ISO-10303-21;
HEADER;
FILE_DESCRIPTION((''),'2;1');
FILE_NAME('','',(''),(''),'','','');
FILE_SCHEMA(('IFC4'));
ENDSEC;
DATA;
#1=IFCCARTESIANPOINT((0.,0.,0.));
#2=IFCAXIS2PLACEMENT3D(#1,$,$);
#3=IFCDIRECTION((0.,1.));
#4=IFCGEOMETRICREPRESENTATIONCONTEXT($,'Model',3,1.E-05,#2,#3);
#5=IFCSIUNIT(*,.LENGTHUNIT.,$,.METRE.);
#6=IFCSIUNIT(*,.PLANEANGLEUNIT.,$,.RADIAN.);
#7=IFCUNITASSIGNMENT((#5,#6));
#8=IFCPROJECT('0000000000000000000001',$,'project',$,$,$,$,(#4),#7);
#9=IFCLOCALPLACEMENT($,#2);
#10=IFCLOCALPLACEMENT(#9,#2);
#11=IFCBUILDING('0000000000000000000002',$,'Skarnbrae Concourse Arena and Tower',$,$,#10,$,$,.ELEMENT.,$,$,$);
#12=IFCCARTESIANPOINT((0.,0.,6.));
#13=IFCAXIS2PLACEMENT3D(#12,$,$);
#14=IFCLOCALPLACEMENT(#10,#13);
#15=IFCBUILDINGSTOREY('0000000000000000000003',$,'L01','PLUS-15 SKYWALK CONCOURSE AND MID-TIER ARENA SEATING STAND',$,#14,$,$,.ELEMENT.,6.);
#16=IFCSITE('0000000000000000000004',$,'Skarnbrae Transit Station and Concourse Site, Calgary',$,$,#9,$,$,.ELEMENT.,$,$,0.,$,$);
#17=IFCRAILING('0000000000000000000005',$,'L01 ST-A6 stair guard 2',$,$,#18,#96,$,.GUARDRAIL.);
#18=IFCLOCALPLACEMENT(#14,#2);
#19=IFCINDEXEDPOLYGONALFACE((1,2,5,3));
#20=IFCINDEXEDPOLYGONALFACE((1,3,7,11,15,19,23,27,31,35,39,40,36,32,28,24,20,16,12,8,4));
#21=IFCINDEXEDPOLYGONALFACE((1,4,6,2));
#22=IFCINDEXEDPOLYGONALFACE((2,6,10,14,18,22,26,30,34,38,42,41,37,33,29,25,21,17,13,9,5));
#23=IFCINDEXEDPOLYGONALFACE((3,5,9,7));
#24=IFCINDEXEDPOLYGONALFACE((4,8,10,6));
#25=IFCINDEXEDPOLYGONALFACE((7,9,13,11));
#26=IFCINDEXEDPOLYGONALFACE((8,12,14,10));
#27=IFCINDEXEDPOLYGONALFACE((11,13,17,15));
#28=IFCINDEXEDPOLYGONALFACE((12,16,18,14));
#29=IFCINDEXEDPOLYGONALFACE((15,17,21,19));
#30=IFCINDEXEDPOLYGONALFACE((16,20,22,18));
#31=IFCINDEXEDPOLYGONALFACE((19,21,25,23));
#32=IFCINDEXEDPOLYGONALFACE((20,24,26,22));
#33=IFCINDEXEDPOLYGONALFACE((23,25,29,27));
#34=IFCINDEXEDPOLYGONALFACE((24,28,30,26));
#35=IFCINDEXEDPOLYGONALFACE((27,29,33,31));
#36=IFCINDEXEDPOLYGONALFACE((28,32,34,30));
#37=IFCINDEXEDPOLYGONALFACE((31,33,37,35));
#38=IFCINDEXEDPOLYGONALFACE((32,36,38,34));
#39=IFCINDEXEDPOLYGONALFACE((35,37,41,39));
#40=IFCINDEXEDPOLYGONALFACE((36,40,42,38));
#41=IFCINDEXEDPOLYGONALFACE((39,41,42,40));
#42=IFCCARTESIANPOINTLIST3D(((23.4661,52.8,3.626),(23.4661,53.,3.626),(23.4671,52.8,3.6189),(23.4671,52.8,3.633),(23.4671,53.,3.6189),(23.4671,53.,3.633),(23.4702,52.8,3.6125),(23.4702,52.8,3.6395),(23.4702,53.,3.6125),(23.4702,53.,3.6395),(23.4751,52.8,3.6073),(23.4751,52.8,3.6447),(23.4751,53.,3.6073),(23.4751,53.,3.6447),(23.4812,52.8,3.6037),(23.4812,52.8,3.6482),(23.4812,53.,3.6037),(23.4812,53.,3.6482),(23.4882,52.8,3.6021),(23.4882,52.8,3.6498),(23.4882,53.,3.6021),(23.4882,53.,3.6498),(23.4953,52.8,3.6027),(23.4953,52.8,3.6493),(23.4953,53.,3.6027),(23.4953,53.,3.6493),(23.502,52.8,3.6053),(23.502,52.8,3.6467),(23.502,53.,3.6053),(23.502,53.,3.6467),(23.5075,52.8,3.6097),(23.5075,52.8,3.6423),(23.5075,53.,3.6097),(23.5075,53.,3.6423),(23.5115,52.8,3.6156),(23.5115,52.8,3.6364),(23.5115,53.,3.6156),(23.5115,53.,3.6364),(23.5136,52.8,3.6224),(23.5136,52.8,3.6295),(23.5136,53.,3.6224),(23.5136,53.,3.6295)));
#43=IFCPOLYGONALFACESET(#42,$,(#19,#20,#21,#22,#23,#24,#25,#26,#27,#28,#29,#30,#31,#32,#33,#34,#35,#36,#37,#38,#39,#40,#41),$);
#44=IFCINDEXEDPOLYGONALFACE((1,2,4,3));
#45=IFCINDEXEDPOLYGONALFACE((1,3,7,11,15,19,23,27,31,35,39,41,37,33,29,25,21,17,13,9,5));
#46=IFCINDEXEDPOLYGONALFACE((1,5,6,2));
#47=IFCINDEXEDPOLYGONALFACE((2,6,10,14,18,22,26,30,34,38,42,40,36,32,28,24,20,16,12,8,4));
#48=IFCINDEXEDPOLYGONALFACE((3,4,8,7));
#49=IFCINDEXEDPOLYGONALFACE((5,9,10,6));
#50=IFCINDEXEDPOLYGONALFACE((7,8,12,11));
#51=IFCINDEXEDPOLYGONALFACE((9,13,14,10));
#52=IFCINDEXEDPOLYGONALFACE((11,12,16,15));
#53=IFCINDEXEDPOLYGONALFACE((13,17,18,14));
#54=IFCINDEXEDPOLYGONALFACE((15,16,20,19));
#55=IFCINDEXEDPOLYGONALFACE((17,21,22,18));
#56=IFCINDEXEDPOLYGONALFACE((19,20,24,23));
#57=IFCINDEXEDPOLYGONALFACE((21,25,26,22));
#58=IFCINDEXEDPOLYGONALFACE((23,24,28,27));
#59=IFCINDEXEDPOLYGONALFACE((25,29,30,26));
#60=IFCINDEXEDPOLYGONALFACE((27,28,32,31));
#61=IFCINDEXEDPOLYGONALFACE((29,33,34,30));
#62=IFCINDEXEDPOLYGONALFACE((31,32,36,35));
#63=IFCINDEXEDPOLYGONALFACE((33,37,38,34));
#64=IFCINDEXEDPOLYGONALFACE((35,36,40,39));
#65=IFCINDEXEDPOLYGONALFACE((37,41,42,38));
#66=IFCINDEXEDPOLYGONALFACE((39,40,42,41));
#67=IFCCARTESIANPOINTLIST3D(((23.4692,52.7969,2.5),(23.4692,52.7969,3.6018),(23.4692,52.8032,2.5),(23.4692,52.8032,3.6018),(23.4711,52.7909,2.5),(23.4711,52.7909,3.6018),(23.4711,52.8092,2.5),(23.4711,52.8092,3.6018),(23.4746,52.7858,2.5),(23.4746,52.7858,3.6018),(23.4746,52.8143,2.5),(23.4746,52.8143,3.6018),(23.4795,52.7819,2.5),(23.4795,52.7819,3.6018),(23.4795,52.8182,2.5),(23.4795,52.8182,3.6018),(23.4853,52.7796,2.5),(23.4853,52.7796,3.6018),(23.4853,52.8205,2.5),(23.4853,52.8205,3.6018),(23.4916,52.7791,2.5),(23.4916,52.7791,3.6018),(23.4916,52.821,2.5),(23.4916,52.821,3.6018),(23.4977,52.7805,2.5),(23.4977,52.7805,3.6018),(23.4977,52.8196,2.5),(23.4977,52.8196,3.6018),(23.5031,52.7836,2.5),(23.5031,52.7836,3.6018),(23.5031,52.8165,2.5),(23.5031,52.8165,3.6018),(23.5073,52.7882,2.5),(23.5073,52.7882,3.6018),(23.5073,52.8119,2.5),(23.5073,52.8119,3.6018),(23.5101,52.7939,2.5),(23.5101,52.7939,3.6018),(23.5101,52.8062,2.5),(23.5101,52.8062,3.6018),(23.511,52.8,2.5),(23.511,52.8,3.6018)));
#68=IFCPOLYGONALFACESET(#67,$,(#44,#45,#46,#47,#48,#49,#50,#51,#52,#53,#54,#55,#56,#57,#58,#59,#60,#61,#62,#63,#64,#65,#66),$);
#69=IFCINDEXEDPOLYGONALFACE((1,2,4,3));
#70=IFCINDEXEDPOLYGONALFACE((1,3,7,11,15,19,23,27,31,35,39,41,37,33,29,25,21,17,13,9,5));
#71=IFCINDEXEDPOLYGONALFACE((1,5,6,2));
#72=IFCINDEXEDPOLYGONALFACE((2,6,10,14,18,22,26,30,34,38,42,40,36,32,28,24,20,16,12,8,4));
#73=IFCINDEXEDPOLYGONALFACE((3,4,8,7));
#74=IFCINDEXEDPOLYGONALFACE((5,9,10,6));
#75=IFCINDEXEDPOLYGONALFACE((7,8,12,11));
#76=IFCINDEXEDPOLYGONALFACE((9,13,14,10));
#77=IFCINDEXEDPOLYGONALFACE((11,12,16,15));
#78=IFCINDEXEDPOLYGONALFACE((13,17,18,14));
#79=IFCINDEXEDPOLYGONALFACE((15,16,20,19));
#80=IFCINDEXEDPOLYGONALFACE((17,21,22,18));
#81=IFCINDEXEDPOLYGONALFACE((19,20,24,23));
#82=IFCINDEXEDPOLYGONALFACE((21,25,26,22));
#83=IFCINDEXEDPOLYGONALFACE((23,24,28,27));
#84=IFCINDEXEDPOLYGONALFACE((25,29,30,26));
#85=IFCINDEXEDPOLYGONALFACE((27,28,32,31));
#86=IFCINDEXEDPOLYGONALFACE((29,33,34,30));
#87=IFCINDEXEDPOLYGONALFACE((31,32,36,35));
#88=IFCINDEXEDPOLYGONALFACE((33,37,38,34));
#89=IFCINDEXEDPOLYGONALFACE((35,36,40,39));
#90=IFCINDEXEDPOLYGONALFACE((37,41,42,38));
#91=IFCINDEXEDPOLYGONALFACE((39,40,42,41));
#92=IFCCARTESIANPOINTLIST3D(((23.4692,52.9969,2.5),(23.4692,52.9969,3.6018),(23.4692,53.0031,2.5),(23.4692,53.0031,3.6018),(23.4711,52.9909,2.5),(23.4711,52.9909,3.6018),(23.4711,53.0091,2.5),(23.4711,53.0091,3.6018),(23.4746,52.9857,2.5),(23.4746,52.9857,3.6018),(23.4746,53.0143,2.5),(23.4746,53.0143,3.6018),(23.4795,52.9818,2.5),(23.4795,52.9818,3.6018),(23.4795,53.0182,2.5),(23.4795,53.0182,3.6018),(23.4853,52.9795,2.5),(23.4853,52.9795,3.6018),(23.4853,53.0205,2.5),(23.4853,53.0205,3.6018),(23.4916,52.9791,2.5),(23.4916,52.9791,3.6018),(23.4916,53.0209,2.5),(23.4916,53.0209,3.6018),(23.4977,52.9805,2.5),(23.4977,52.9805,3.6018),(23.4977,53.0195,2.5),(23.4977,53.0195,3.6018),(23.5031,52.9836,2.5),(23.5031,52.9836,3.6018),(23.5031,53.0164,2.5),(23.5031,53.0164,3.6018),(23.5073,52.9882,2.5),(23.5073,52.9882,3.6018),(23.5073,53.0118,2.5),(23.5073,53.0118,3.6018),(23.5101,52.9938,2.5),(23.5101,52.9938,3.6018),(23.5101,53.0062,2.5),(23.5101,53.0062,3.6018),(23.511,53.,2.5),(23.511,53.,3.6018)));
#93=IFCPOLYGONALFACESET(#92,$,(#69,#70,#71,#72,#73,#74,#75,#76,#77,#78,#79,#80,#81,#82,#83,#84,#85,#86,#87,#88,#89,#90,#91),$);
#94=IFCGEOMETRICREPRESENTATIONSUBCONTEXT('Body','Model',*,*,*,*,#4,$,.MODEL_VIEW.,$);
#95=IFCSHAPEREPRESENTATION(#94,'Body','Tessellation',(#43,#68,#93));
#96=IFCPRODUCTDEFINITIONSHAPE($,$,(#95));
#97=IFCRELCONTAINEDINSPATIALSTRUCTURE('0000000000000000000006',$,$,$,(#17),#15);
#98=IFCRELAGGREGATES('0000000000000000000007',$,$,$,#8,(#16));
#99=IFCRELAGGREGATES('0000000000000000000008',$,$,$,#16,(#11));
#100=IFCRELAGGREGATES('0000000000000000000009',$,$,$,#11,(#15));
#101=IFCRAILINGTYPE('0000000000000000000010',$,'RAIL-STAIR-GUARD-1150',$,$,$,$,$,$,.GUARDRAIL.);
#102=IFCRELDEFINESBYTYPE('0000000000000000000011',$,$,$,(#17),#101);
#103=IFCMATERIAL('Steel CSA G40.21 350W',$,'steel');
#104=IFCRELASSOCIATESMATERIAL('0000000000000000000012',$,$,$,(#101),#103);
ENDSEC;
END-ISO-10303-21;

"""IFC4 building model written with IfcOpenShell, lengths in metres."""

from ifc_helpers import new_model, si_unit, direction, frame, origin, origin_2d, place, context, subcontext, project, spatial, circle, extrude, material, type_object, element, save


model = new_model("IFC4")

# Units and contexts
model_context = context("Model", 3, precision=1e-05, world=origin(), true_north=direction((0.0, 1.0)))
body_context = subcontext(model_context, "Body", "Model", "MODEL_VIEW")
ifc_project = project(units=[si_unit("LENGTHUNIT", "METRE"), si_unit("PLANEANGLEUNIT", "RADIAN")], contexts=[model_context])

# Site, building, storey
site_placement = place(None, origin())
site = spatial("IfcSite", under=ifc_project, at=site_placement, Name="Skarnbrae Transit Station and Concourse Site, Calgary", CompositionType="ELEMENT", RefElevation=0.0)
building_placement = place(site_placement, origin())
building = spatial("IfcBuilding", under=site, at=building_placement, Name="Skarnbrae Concourse Arena and Tower", CompositionType="ELEMENT")
storey_placement = place(building_placement, frame((0.0, 0.0, 6.0)))
storey = spatial("IfcBuildingStorey", under=building, at=storey_placement, Name="L01", Description="PLUS-15 SKYWALK CONCOURSE AND MID-TIER ARENA SEATING STAND", CompositionType="ELEMENT", Elevation=6.0)

# Shared definitions
ifc_material_1 = material(Name="Steel CSA G40.21 350W", Category="steel")

# Railing
railing_type_1 = type_object("IfcRailingType", Name="RAIL-STAIR-GUARD-1150", PredefinedType="GUARDRAIL", material=ifc_material_1)
railing_1_placement = place(storey_placement, frame((23.49, 52.8, 2.5)))
element("IfcRailing", 1, at=railing_1_placement, inside=storey, type_object=railing_type_1, Name="L01 ST-A6 stair guard 2", PredefinedType="GUARDRAIL", context=body_context, shape_type="SweptSolid", body=[
    extrude(circle(Radius=0.0239, at=origin_2d()), frame((0.0, 0.0, 1.126), z_axis=(0.0, 1.0, 0.0), x_axis=(-1.0, 0.0, 0.0)), (0.0, 0.0, 1.0), 0.2),
    extrude(circle(Radius=0.021, at=origin_2d()), origin(), (0.0, 0.0, 1.0), 1.1018),
    extrude(circle(Radius=0.021, at=origin_2d()), frame((0.0, 0.2, 0.0)), (0.0, 0.0, 1.0), 1.1018),
])

save(model, "model.ifc")
